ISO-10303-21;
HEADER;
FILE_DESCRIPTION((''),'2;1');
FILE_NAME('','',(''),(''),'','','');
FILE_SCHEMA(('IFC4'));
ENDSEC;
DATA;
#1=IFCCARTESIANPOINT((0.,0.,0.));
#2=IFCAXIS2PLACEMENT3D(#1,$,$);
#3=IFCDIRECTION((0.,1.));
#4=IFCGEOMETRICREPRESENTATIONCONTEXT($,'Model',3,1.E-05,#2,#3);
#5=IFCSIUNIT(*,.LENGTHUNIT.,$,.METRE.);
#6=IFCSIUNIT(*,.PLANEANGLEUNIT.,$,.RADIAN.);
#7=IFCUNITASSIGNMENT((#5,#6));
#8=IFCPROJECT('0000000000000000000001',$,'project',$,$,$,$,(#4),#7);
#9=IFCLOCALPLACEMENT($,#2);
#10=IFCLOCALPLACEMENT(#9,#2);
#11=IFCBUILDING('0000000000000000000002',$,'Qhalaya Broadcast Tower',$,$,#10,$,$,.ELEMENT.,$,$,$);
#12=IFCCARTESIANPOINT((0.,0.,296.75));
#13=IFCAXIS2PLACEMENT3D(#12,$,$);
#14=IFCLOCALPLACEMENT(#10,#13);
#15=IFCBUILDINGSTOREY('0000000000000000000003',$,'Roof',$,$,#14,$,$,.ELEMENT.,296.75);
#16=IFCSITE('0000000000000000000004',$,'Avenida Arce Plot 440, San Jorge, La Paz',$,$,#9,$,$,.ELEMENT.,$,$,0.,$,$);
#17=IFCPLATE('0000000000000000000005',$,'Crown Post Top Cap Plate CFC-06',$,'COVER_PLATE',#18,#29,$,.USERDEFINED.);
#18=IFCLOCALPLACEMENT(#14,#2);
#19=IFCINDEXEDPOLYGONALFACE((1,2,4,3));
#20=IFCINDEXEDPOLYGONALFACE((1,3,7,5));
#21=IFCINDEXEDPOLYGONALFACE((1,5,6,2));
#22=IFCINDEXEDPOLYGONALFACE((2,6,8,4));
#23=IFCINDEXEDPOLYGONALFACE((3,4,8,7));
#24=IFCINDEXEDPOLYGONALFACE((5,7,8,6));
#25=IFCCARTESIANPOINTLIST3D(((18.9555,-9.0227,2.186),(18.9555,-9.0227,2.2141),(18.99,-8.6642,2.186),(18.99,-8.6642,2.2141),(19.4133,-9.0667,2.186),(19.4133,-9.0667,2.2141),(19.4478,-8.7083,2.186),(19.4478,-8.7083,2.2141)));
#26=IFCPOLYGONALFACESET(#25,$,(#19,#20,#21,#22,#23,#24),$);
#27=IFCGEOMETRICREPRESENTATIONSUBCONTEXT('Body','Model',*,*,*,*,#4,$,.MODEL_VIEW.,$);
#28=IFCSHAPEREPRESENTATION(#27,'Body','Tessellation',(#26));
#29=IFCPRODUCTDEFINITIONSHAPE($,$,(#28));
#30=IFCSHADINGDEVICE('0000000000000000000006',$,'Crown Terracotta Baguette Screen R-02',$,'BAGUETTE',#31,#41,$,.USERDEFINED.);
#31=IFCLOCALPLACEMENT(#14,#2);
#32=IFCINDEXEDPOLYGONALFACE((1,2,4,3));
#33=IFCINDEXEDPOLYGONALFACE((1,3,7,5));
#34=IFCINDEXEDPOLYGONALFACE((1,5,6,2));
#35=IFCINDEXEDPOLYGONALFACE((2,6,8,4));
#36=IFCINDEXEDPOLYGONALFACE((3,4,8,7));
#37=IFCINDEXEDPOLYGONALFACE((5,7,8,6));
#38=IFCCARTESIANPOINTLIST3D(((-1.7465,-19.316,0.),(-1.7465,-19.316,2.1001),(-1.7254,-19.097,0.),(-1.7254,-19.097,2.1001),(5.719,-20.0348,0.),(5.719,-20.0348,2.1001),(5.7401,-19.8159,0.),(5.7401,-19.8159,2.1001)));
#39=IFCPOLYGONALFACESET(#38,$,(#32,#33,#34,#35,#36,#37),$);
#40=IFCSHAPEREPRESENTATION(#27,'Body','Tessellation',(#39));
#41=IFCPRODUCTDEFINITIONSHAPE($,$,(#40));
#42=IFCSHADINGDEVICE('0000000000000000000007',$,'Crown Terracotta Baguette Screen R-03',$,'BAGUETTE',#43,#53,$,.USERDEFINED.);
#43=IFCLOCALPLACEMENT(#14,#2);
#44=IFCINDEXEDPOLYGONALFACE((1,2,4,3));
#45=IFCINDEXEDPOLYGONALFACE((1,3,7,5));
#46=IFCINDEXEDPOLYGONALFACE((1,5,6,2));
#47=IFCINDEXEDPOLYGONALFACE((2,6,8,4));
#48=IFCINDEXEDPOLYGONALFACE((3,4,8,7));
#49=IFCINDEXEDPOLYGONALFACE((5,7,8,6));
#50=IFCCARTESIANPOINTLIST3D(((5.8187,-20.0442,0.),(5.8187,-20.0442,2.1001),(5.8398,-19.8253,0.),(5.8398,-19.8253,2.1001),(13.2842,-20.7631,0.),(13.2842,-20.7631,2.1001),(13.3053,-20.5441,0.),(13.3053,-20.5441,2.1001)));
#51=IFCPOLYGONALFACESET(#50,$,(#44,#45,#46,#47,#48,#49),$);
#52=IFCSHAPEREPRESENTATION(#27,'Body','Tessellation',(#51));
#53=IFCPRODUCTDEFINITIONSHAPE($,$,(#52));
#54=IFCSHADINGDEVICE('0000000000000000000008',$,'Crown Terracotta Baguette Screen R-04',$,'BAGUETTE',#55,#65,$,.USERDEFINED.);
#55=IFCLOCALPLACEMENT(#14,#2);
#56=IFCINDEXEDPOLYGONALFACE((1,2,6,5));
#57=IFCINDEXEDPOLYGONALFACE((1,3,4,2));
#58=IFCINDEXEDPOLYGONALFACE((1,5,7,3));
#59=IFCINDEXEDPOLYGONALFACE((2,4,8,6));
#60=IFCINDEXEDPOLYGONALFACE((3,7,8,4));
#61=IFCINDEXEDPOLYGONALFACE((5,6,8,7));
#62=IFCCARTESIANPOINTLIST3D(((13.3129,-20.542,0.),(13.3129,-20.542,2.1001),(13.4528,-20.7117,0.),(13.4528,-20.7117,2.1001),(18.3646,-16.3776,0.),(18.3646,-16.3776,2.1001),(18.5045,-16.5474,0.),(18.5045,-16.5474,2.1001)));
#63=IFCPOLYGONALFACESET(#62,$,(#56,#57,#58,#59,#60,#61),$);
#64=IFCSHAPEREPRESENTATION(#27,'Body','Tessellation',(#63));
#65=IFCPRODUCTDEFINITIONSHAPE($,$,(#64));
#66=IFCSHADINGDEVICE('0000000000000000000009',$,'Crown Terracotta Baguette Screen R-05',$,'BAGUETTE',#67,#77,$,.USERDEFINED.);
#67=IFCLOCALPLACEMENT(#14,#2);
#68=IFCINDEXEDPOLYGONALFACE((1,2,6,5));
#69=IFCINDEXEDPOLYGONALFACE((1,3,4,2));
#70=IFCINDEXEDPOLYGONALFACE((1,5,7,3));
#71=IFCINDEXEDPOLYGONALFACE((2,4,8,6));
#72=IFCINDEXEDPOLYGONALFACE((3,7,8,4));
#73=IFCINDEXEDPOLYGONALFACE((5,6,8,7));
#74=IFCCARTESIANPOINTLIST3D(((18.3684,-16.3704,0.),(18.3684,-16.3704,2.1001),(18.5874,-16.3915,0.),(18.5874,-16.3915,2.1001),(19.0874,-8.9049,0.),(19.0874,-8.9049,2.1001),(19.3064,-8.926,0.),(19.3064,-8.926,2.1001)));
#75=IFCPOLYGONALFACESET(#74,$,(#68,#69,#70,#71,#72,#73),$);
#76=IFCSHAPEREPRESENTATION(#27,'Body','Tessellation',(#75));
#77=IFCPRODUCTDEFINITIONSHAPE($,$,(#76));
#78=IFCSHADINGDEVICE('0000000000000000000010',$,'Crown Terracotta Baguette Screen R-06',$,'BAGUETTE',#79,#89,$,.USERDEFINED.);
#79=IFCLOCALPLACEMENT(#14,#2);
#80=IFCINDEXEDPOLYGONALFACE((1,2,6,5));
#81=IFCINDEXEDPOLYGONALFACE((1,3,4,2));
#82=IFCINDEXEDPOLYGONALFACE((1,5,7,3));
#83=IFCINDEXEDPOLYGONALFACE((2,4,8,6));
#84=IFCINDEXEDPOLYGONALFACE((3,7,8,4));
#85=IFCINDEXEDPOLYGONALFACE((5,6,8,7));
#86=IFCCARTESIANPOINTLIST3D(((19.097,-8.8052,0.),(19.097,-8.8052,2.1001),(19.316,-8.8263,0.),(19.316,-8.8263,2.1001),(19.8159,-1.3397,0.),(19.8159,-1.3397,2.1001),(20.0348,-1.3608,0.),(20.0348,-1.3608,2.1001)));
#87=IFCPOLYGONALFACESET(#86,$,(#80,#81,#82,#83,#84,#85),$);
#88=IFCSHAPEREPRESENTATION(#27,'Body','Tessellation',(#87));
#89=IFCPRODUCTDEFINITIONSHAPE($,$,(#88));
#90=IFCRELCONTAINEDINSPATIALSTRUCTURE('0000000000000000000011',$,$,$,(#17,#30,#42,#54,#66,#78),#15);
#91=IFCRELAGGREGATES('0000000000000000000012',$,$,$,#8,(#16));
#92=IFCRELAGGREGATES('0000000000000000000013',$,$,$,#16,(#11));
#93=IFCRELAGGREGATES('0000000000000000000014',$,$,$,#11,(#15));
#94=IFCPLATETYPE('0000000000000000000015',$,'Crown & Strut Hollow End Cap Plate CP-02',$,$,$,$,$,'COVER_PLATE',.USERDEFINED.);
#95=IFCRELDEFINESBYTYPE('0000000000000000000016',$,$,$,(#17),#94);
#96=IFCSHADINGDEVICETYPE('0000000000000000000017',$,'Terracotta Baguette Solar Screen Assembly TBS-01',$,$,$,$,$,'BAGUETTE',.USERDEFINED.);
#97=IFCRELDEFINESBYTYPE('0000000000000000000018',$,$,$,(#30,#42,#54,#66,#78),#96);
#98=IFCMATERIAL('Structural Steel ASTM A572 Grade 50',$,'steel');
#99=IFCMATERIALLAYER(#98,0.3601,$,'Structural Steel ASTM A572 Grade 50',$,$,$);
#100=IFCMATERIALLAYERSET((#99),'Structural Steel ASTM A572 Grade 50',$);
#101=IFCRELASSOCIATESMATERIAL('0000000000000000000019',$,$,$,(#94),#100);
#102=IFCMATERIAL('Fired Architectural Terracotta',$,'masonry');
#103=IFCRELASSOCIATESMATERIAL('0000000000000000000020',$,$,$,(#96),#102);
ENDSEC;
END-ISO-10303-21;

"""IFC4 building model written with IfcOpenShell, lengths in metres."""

from ifc_helpers import new_model, si_unit, direction, frame, origin, origin_2d, place, context, subcontext, project, spatial, rectangle, extrude, material, layer, layer_set, type_object, element, save


model = new_model("IFC4")

# Units and contexts
model_context = context("Model", 3, precision=1e-05, world=origin(), true_north=direction((0.0, 1.0)))
body_context = subcontext(model_context, "Body", "Model", "MODEL_VIEW")
ifc_project = project(units=[si_unit("LENGTHUNIT", "METRE"), si_unit("PLANEANGLEUNIT", "RADIAN")], contexts=[model_context])

# Site, building, storey
site_placement = place(None, origin())
site = spatial("IfcSite", under=ifc_project, at=site_placement, Name="Avenida Arce Plot 440, San Jorge, La Paz", CompositionType="ELEMENT", RefElevation=0.0)
building_placement = place(site_placement, origin())
building = spatial("IfcBuilding", under=site, at=building_placement, Name="Qhalaya Broadcast Tower", CompositionType="ELEMENT")
storey_placement = place(building_placement, frame((0.0, 0.0, 296.75)))
storey = spatial("IfcBuildingStorey", under=building, at=storey_placement, Name="Roof", CompositionType="ELEMENT", Elevation=296.75)

# Shared definitions
ifc_material_1 = material(Name="Structural Steel ASTM A572 Grade 50", Category="steel")

# Plate
ifc_layer = layer(ifc_material_1, 0.3601, Name="Structural Steel ASTM A572 Grade 50")
ifc_layer_set = layer_set([ifc_layer], Name="Structural Steel ASTM A572 Grade 50")
plate_type = type_object("IfcPlateType", Name="Crown & Strut Hollow End Cap Plate CP-02", ElementType="COVER_PLATE", PredefinedType="USERDEFINED", material=ifc_layer_set)
for number, where, z_axis, x_axis, name in (
    (1, (19.2017, -8.8655, 2.186), (0.0, 0.0, 1.0), (0.995396, -0.095846, 0.0), "Crown Post Top Cap Plate CFC-06"),
):
    element("IfcPlate", number, at=place(storey_placement, frame(where, z_axis=z_axis, x_axis=x_axis)), inside=storey, type_object=plate_type, Name=name, ObjectType="COVER_PLATE", PredefinedType="USERDEFINED", context=body_context, shape_type="SweptSolid", body=[
        extrude(rectangle(XDim=0.46, YDim=0.3601, at=origin_2d()), origin(), (0.0, 0.0, 1.0), 0.0281),
    ])

# Shading devices
ifc_material_2 = material(Name="Fired Architectural Terracotta", Category="masonry")
shading_device_type = type_object("IfcShadingDeviceType", Name="Terracotta Baguette Solar Screen Assembly TBS-01", ElementType="BAGUETTE", PredefinedType="USERDEFINED", material=ifc_material_2)
for number, where, z_axis, x_axis, name in (
    (2, (1.9968, -19.5659, 0.0), (0.0, 0.0, 1.0), (0.995396, -0.095846, 0.0), "Crown Terracotta Baguette Screen R-02"),
    (3, (9.562, -20.2942, 0.0), (0.0, 0.0, 1.0), (0.995396, -0.095846, 0.0), "Crown Terracotta Baguette Screen R-03"),
):
    element("IfcShadingDevice", number, at=place(storey_placement, frame(where, z_axis=z_axis, x_axis=x_axis)), inside=storey, type_object=shading_device_type, Name=name, ObjectType="BAGUETTE", PredefinedType="USERDEFINED", context=body_context, shape_type="SweptSolid", body=[
        extrude(rectangle(XDim=7.5, YDim=0.22, at=origin_2d()), origin(), (0.0, 0.0, 1.0), 2.1001),
    ])
shading_device_placement = place(storey_placement, frame((15.9087, -18.5447, 0.0), z_axis=(0.0, 0.0, 1.0), x_axis=(0.771625, 0.636078, 0.0)))
element("IfcShadingDevice", 4, at=shading_device_placement, inside=storey, type_object=shading_device_type, Name="Crown Terracotta Baguette Screen R-04", ObjectType="BAGUETTE", PredefinedType="USERDEFINED", context=body_context, shape_type="SweptSolid", body=[
    extrude(rectangle(XDim=6.5469, YDim=0.22, at=origin_2d()), origin(), (0.0, 0.0, 1.0), 2.1001),
])
for number, where, z_axis, x_axis, name in (
    (5, (18.8374, -12.6482, 0.0), (0.0, 0.0, 1.0), (0.095863, 0.995395, 0.0), "Crown Terracotta Baguette Screen R-05"),
    (6, (19.5659, -5.083, 0.0), (0.0, 0.0, 1.0), (0.095846, 0.995396, 0.0), "Crown Terracotta Baguette Screen R-06"),
):
    element("IfcShadingDevice", number, at=place(storey_placement, frame(where, z_axis=z_axis, x_axis=x_axis)), inside=storey, type_object=shading_device_type, Name=name, ObjectType="BAGUETTE", PredefinedType="USERDEFINED", context=body_context, shape_type="SweptSolid", body=[
        extrude(rectangle(XDim=7.5, YDim=0.22, at=origin_2d()), origin(), (0.0, 0.0, 1.0), 2.1001),
    ])

save(model, "model.ifc")
